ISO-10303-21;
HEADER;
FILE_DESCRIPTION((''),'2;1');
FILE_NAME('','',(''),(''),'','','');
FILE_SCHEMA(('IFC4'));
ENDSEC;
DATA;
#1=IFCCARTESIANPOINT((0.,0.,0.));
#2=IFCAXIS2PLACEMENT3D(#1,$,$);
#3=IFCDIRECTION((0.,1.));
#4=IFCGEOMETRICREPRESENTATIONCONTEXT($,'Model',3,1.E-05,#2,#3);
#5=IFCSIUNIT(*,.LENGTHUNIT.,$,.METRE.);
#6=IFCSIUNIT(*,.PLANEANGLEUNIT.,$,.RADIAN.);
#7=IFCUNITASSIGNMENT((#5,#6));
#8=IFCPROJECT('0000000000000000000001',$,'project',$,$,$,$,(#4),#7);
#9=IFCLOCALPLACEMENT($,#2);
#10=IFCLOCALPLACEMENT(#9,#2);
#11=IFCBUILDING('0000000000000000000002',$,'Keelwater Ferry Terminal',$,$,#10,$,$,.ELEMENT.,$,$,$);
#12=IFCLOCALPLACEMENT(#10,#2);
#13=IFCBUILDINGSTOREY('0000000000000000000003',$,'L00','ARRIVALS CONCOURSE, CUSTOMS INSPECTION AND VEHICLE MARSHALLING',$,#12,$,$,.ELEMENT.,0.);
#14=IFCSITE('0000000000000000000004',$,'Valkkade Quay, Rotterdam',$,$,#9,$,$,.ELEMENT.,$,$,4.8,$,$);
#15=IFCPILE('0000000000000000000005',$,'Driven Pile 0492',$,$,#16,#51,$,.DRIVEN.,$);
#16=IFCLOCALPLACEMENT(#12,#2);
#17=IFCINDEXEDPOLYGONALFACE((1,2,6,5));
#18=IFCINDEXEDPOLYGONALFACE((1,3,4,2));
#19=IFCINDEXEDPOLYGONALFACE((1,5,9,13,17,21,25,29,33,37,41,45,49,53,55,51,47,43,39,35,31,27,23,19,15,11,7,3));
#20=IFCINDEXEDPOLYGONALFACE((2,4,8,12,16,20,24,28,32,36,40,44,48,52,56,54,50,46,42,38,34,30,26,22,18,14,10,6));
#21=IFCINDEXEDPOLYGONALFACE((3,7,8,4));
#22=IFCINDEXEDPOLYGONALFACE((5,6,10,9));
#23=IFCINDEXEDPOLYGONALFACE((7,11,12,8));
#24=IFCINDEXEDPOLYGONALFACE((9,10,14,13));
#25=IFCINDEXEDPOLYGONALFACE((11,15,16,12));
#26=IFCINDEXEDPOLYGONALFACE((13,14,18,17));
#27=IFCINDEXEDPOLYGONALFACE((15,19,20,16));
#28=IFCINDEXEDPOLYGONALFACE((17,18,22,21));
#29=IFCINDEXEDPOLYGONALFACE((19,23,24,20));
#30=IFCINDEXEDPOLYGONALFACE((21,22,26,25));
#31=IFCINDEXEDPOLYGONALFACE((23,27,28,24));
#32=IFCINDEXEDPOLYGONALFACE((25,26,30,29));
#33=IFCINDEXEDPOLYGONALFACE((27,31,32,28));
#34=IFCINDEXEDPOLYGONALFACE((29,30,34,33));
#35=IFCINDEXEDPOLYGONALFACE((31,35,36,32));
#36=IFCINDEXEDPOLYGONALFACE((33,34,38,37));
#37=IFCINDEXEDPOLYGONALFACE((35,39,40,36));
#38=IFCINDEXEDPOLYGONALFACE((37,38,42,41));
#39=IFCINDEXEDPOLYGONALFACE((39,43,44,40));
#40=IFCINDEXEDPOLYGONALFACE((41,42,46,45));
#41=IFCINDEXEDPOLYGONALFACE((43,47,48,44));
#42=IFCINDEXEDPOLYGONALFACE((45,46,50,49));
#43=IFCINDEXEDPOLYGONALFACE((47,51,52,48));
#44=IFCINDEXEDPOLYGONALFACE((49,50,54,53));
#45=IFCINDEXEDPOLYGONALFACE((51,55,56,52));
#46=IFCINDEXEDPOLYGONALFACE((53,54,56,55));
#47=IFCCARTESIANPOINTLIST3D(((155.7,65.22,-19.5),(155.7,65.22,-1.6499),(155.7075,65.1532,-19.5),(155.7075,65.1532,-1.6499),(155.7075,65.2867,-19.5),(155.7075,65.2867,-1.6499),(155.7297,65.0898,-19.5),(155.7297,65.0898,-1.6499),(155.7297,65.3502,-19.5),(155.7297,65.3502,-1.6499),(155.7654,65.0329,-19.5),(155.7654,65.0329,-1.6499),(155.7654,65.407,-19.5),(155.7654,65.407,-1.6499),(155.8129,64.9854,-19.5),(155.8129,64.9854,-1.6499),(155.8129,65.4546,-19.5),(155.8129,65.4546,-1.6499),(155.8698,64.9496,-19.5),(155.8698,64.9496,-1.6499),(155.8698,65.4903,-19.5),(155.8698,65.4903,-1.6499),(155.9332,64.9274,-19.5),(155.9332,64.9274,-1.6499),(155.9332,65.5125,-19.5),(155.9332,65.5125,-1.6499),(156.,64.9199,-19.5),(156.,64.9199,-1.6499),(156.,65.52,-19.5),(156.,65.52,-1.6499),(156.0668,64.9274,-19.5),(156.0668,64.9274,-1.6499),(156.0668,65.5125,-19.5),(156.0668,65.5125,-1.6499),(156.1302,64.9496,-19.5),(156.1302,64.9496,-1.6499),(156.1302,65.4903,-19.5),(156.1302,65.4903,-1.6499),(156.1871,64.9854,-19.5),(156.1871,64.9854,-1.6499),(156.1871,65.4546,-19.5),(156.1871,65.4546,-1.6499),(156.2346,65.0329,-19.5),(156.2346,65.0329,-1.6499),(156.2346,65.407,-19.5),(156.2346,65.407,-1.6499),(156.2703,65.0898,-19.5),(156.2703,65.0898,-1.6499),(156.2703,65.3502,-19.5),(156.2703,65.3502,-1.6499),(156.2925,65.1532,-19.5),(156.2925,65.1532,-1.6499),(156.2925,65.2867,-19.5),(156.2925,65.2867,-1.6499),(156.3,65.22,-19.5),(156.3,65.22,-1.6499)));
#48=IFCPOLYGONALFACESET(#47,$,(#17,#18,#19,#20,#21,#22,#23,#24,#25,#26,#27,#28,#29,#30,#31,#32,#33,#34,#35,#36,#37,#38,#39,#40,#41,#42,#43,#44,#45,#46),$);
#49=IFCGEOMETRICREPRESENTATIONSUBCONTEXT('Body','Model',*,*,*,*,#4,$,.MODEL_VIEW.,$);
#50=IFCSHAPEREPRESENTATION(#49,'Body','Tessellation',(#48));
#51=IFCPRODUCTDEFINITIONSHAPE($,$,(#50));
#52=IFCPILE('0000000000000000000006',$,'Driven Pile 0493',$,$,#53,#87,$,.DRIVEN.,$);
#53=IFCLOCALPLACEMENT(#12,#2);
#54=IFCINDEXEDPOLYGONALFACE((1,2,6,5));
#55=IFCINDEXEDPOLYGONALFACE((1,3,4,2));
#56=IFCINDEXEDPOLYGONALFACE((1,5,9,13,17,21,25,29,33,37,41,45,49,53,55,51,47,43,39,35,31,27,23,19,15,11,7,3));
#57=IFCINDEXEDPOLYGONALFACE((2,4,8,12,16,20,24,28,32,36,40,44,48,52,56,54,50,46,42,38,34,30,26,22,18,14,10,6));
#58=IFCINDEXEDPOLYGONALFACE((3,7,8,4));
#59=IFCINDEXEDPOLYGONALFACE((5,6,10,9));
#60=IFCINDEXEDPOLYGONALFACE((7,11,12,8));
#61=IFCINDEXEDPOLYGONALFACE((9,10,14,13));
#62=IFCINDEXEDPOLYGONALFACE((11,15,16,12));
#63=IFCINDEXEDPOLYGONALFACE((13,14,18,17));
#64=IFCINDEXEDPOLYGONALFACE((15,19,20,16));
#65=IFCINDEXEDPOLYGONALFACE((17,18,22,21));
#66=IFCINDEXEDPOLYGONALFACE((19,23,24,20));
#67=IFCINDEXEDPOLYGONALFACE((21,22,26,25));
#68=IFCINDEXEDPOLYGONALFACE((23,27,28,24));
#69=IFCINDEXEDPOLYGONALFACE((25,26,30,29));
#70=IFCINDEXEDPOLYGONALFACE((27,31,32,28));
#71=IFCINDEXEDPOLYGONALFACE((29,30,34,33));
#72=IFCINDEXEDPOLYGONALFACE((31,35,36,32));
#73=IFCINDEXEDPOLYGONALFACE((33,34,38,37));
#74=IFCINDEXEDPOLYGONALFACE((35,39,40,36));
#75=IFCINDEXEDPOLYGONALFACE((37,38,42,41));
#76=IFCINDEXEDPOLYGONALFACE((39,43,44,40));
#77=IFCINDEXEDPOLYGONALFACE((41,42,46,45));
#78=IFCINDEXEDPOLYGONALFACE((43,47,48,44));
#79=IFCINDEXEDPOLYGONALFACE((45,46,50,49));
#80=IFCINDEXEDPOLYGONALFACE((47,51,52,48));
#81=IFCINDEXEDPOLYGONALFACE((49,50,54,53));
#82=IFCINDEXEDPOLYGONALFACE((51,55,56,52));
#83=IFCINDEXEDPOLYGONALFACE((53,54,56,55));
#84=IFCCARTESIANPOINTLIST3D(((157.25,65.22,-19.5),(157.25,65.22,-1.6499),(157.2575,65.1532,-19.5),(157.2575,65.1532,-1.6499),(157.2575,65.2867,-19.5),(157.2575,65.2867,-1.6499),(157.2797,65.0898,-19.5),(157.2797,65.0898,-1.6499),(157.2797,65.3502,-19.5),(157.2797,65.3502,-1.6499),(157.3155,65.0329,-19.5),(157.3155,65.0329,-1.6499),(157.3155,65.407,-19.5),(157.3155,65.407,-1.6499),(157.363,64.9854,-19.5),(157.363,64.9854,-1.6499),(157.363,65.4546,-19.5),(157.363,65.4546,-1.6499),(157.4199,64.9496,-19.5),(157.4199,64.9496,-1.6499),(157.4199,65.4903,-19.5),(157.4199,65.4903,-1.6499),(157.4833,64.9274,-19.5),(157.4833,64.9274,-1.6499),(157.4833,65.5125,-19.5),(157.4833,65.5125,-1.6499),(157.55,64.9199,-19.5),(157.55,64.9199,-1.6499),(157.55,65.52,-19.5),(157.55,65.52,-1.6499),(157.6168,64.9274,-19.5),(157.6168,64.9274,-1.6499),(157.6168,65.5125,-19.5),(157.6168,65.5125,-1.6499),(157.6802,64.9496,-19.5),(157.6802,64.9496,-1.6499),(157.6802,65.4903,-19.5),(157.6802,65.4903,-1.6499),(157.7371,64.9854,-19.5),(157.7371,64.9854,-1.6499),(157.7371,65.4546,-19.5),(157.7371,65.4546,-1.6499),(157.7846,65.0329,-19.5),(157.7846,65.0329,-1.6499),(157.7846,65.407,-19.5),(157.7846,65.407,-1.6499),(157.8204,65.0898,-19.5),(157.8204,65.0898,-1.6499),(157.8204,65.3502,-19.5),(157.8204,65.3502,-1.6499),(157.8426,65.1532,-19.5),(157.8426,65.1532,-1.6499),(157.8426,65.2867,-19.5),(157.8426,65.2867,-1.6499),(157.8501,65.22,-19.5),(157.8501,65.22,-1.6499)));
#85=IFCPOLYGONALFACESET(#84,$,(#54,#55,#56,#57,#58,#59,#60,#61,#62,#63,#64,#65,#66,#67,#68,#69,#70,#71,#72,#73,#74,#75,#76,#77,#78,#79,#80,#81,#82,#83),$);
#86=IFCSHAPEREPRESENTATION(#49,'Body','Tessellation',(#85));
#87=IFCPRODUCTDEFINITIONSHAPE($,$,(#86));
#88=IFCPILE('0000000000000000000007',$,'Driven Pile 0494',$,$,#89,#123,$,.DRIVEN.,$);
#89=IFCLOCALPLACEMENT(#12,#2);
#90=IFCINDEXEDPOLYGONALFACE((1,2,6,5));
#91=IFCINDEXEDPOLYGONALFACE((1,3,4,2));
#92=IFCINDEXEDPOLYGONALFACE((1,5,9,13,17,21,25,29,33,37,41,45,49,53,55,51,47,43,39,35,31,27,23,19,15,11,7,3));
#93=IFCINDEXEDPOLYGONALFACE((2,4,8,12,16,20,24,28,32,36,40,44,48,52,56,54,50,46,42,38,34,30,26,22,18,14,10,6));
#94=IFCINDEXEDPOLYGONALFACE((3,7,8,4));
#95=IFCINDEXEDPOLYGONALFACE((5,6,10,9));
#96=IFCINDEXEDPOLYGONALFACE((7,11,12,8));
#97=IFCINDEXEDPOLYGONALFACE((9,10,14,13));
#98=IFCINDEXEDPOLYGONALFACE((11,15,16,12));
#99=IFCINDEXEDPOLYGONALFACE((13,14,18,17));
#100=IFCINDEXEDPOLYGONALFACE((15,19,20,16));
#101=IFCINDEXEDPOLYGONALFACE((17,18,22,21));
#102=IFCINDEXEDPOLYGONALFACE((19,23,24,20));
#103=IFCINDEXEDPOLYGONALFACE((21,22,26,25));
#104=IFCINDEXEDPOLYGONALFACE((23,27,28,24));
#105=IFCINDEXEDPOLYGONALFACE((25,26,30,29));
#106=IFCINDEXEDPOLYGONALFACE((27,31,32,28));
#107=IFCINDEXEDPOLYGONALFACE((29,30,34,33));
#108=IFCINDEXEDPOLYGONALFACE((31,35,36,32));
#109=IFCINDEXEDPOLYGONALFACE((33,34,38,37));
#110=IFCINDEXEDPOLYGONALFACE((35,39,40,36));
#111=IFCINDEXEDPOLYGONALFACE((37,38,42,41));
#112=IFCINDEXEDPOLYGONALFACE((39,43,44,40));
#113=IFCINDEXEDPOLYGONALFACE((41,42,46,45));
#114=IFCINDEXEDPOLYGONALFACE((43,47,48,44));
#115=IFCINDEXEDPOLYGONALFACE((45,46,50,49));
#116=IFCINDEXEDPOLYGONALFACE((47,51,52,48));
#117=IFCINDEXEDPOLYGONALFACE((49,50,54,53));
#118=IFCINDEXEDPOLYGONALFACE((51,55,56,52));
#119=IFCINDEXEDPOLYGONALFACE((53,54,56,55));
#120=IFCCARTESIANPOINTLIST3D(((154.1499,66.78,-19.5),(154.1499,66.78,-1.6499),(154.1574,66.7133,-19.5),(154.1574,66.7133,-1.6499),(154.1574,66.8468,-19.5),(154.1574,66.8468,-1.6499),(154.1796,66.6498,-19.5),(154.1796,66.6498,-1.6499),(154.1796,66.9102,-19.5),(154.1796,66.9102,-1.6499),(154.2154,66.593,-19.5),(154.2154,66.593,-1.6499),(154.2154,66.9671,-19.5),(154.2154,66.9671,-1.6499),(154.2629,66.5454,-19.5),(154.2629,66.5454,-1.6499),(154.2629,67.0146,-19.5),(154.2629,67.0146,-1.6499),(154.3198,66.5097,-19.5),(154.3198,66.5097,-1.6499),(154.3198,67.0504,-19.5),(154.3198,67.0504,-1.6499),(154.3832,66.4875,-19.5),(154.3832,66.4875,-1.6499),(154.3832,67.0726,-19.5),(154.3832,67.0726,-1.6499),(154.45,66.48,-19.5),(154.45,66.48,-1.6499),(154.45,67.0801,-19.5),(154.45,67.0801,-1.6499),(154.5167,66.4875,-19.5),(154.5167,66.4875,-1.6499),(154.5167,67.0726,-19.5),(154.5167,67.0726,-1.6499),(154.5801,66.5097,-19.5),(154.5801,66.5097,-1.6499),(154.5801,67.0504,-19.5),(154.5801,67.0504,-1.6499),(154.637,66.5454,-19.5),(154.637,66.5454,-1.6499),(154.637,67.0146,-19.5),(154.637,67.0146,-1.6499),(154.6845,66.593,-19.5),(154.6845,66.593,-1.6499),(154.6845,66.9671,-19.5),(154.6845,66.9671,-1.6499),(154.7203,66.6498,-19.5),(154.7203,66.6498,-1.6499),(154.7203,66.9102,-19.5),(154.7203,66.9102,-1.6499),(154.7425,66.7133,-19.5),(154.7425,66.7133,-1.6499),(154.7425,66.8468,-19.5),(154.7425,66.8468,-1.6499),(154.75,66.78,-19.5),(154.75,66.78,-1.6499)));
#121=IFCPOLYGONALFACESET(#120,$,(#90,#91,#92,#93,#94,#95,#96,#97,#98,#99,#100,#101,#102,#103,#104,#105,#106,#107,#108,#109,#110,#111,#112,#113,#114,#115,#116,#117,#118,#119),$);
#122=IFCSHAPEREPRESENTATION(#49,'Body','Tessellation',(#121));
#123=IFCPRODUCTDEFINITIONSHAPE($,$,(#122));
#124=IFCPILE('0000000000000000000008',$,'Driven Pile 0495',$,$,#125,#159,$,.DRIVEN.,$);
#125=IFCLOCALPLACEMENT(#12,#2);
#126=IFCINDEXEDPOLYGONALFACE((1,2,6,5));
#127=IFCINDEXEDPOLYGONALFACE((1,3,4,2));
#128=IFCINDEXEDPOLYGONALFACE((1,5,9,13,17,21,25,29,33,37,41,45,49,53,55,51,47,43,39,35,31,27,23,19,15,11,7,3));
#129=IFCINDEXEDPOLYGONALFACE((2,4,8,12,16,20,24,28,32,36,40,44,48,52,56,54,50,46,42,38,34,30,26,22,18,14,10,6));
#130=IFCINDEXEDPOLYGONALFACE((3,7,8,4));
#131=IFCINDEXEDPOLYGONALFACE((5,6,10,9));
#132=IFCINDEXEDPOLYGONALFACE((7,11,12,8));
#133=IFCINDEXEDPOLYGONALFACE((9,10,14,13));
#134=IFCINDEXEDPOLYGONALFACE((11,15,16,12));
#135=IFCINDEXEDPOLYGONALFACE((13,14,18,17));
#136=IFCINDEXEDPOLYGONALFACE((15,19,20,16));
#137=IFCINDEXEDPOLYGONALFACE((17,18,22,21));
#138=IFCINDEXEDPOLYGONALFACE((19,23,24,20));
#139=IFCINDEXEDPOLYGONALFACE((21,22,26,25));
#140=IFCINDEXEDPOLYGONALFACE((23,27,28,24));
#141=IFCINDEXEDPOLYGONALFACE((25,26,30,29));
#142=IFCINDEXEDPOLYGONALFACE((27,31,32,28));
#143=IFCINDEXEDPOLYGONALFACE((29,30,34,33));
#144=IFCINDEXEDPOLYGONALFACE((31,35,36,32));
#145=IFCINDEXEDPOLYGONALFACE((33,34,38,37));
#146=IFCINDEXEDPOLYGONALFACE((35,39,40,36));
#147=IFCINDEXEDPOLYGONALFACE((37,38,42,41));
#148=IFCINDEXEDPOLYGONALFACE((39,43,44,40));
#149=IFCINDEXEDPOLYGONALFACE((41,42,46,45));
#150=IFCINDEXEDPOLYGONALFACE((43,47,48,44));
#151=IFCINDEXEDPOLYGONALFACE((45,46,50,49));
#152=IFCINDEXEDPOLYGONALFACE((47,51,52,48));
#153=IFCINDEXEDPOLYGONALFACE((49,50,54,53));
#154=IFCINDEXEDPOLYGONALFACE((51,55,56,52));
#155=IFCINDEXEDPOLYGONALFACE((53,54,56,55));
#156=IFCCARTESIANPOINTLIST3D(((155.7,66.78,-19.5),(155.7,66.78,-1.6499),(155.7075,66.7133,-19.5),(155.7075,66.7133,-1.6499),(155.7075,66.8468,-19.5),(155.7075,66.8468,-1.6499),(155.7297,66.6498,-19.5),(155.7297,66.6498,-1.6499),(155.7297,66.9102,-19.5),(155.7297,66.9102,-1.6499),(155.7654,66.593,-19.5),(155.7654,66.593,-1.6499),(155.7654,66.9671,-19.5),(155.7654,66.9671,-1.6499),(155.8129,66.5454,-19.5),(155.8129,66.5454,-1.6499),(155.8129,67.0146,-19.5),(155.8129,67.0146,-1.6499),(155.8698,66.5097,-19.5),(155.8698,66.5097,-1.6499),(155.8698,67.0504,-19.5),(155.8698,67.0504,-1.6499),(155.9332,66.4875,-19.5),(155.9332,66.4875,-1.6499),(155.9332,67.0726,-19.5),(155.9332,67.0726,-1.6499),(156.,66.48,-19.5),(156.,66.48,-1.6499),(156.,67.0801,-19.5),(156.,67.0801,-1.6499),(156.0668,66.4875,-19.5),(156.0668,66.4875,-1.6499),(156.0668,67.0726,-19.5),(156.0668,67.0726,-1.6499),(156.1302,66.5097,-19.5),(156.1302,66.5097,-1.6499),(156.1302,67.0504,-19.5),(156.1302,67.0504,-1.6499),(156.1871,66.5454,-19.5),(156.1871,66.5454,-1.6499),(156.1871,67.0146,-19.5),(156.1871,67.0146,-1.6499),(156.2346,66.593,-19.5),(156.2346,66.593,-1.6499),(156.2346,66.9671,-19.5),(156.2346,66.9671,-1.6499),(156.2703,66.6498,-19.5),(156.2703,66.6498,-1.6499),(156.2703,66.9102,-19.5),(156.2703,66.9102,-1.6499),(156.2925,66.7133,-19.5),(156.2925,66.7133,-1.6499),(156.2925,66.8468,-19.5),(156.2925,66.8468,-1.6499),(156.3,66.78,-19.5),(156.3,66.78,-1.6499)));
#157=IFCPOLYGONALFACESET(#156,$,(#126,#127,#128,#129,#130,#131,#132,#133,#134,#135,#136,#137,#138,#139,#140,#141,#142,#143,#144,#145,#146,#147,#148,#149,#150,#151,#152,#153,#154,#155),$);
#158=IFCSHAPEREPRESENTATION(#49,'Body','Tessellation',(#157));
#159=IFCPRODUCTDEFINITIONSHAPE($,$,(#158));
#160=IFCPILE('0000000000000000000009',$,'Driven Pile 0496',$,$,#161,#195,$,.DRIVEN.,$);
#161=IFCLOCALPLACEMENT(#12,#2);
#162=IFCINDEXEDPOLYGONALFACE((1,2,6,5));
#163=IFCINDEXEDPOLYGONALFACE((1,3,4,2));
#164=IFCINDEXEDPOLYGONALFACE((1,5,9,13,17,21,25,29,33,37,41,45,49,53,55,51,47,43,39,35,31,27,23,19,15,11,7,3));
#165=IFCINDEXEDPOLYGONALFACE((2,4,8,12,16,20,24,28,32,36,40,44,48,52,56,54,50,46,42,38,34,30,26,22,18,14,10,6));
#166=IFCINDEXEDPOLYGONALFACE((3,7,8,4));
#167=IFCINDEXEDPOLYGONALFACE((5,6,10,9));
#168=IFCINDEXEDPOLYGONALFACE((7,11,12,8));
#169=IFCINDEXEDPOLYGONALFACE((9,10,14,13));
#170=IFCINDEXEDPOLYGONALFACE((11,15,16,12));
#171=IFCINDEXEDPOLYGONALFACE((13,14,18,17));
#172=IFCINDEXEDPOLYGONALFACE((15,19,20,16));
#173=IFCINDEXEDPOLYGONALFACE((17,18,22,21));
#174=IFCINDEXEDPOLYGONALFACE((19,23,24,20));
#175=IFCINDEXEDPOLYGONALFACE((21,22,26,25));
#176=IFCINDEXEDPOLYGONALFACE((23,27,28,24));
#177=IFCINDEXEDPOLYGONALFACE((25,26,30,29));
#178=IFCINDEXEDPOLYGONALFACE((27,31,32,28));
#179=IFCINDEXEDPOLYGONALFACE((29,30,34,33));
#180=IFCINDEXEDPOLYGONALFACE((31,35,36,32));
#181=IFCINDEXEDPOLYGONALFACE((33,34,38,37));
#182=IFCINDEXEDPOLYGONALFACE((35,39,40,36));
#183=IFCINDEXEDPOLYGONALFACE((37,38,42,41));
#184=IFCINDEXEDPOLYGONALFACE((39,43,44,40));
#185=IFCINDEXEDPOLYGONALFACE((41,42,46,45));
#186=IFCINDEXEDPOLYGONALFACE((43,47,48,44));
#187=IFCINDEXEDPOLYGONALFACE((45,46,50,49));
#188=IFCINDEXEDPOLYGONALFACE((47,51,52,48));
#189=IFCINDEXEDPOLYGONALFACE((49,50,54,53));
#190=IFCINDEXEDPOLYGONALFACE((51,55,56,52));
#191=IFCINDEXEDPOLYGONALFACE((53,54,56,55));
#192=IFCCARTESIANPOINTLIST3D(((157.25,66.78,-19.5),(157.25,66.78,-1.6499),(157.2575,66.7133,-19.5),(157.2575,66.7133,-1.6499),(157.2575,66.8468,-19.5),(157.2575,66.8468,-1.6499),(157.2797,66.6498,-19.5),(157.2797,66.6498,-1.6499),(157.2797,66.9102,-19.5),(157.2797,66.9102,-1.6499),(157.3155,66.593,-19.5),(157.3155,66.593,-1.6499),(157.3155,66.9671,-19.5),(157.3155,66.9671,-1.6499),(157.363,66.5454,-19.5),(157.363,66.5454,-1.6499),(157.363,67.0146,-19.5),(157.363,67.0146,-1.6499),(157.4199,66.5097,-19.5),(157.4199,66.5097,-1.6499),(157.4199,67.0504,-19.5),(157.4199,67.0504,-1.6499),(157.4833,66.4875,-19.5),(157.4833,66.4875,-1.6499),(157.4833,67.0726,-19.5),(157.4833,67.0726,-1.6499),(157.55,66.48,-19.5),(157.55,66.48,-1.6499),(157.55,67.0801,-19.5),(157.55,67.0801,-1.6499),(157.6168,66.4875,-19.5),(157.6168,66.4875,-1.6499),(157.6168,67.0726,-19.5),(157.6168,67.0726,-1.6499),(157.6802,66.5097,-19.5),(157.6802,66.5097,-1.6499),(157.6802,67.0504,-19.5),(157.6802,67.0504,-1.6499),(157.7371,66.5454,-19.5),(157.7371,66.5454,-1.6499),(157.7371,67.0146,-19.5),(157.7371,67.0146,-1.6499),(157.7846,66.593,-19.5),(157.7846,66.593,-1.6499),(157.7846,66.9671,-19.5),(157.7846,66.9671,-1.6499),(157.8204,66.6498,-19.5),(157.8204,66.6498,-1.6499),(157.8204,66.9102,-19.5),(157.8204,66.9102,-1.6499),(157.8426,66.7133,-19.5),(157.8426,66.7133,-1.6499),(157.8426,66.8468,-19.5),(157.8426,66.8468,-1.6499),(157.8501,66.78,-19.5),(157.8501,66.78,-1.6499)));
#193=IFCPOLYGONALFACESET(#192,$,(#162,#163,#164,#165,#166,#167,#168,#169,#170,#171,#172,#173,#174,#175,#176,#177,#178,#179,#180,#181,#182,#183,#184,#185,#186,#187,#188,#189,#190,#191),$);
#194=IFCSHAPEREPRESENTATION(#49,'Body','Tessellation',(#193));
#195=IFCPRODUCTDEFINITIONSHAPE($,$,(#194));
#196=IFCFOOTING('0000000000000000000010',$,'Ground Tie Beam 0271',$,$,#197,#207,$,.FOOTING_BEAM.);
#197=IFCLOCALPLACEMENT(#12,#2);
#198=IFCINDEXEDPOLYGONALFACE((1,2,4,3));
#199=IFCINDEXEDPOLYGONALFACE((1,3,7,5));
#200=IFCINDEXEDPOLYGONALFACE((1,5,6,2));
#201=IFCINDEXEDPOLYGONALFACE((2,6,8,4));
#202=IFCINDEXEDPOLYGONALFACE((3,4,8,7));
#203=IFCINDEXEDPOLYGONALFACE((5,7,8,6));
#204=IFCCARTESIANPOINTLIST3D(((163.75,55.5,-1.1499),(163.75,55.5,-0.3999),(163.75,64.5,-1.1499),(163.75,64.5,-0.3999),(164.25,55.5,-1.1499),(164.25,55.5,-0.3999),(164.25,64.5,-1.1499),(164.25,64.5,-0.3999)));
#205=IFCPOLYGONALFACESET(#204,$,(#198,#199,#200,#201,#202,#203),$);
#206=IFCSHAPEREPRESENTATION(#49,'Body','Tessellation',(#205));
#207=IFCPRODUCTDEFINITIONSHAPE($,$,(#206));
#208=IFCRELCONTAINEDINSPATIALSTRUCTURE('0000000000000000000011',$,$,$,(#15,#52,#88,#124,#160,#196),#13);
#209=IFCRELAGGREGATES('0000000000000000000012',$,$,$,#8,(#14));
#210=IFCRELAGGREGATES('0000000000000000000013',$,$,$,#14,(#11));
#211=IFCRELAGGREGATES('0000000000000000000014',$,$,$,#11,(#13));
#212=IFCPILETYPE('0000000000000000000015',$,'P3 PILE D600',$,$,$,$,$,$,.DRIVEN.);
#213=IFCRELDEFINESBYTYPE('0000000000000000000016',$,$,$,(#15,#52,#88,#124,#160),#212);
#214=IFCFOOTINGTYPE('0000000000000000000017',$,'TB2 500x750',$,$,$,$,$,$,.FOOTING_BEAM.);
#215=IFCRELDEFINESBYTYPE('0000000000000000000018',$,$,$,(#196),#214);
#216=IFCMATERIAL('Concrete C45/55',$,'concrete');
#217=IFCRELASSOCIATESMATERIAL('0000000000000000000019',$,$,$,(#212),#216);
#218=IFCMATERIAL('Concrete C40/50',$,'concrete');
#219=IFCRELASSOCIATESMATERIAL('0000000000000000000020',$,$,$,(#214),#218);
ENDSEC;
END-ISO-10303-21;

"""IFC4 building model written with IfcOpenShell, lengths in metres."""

from ifc_helpers import new_model, si_unit, direction, frame, origin, origin_2d, place, context, subcontext, project, spatial, rectangle, circle, extrude, material, material_profile, profile_set, type_object, element, save


model = new_model("IFC4")

# Units and contexts
model_context = context("Model", 3, precision=1e-05, world=origin(), true_north=direction((0.0, 1.0)))
body_context = subcontext(model_context, "Body", "Model", "MODEL_VIEW")
ifc_project = project(units=[si_unit("LENGTHUNIT", "METRE"), si_unit("PLANEANGLEUNIT", "RADIAN")], contexts=[model_context])

# Site, building, storey
site_placement = place(None, origin())
site = spatial("IfcSite", under=ifc_project, at=site_placement, Name="Valkkade Quay, Rotterdam", CompositionType="ELEMENT", RefElevation=4.8)
building_placement = place(site_placement, origin())
building = spatial("IfcBuilding", under=site, at=building_placement, Name="Keelwater Ferry Terminal", CompositionType="ELEMENT")
storey_placement = place(building_placement, origin())
storey = spatial("IfcBuildingStorey", under=building, at=storey_placement, Name="L00", Description="ARRIVALS CONCOURSE, CUSTOMS INSPECTION AND VEHICLE MARSHALLING", CompositionType="ELEMENT", Elevation=0.0)

# Piles
ifc_material_1 = material(Name="Concrete C45/55", Category="concrete")
ifc_material_profile_1 = material_profile(ifc_material_1, circle(Radius=0.3, at=origin_2d()), Name="PILE D600")
ifc_profile_set_1 = profile_set([ifc_material_profile_1], Name="Concrete C45/55")
pile_type_1 = type_object("IfcPileType", Name="P3 PILE D600", PredefinedType="DRIVEN", material=ifc_profile_set_1)
for number, where, z_axis, x_axis, name in (
    (1, (156.0, 65.22, -1.6499), (0.0, 0.0, -1.0), (1.0, 0.0, 0.0), "Driven Pile 0492"),
    (2, (157.55, 65.22, -1.6499), (0.0, 0.0, -1.0), (1.0, 0.0, 0.0), "Driven Pile 0493"),
    (3, (154.45, 66.78, -1.6499), (0.0, 0.0, -1.0), (1.0, 0.0, 0.0), "Driven Pile 0494"),
    (4, (156.0, 66.78, -1.6499), (0.0, 0.0, -1.0), (1.0, 0.0, 0.0), "Driven Pile 0495"),
    (5, (157.55, 66.78, -1.6499), (0.0, 0.0, -1.0), (1.0, 0.0, 0.0), "Driven Pile 0496"),
):
    element("IfcPile", number, at=place(storey_placement, frame(where, z_axis=z_axis, x_axis=x_axis)), inside=storey, type_object=pile_type_1, Name=name, PredefinedType="DRIVEN", context=body_context, shape_type="SweptSolid", body=[
        extrude(circle(Radius=0.3, at=origin_2d()), origin(), (0.0, 0.0, 1.0), 17.8501),
    ])

# Footing
ifc_material_2 = material(Name="Concrete C40/50", Category="concrete")
ifc_material_profile_2 = material_profile(ifc_material_2, rectangle(XDim=0.5, YDim=0.75, at=origin_2d()), Name="TB 500x750")
ifc_profile_set_2 = profile_set([ifc_material_profile_2], Name="Concrete C40/50")
footing_type_1 = type_object("IfcFootingType", Name="TB2 500x750", PredefinedType="FOOTING_BEAM", material=ifc_profile_set_2)
footing_placement = place(storey_placement, frame((164.0, 55.5, -0.7749), z_axis=(0.0, 1.0, 0.0), x_axis=(-1.0, 0.0, 0.0)))
element("IfcFooting", 6, at=footing_placement, inside=storey, type_object=footing_type_1, Name="Ground Tie Beam 0271", PredefinedType="FOOTING_BEAM", context=body_context, shape_type="SweptSolid", body=[
    extrude(rectangle(XDim=0.5, YDim=0.75, at=origin_2d()), origin(), (0.0, 0.0, 1.0), 9.0),
])

save(model, "model.ifc")
